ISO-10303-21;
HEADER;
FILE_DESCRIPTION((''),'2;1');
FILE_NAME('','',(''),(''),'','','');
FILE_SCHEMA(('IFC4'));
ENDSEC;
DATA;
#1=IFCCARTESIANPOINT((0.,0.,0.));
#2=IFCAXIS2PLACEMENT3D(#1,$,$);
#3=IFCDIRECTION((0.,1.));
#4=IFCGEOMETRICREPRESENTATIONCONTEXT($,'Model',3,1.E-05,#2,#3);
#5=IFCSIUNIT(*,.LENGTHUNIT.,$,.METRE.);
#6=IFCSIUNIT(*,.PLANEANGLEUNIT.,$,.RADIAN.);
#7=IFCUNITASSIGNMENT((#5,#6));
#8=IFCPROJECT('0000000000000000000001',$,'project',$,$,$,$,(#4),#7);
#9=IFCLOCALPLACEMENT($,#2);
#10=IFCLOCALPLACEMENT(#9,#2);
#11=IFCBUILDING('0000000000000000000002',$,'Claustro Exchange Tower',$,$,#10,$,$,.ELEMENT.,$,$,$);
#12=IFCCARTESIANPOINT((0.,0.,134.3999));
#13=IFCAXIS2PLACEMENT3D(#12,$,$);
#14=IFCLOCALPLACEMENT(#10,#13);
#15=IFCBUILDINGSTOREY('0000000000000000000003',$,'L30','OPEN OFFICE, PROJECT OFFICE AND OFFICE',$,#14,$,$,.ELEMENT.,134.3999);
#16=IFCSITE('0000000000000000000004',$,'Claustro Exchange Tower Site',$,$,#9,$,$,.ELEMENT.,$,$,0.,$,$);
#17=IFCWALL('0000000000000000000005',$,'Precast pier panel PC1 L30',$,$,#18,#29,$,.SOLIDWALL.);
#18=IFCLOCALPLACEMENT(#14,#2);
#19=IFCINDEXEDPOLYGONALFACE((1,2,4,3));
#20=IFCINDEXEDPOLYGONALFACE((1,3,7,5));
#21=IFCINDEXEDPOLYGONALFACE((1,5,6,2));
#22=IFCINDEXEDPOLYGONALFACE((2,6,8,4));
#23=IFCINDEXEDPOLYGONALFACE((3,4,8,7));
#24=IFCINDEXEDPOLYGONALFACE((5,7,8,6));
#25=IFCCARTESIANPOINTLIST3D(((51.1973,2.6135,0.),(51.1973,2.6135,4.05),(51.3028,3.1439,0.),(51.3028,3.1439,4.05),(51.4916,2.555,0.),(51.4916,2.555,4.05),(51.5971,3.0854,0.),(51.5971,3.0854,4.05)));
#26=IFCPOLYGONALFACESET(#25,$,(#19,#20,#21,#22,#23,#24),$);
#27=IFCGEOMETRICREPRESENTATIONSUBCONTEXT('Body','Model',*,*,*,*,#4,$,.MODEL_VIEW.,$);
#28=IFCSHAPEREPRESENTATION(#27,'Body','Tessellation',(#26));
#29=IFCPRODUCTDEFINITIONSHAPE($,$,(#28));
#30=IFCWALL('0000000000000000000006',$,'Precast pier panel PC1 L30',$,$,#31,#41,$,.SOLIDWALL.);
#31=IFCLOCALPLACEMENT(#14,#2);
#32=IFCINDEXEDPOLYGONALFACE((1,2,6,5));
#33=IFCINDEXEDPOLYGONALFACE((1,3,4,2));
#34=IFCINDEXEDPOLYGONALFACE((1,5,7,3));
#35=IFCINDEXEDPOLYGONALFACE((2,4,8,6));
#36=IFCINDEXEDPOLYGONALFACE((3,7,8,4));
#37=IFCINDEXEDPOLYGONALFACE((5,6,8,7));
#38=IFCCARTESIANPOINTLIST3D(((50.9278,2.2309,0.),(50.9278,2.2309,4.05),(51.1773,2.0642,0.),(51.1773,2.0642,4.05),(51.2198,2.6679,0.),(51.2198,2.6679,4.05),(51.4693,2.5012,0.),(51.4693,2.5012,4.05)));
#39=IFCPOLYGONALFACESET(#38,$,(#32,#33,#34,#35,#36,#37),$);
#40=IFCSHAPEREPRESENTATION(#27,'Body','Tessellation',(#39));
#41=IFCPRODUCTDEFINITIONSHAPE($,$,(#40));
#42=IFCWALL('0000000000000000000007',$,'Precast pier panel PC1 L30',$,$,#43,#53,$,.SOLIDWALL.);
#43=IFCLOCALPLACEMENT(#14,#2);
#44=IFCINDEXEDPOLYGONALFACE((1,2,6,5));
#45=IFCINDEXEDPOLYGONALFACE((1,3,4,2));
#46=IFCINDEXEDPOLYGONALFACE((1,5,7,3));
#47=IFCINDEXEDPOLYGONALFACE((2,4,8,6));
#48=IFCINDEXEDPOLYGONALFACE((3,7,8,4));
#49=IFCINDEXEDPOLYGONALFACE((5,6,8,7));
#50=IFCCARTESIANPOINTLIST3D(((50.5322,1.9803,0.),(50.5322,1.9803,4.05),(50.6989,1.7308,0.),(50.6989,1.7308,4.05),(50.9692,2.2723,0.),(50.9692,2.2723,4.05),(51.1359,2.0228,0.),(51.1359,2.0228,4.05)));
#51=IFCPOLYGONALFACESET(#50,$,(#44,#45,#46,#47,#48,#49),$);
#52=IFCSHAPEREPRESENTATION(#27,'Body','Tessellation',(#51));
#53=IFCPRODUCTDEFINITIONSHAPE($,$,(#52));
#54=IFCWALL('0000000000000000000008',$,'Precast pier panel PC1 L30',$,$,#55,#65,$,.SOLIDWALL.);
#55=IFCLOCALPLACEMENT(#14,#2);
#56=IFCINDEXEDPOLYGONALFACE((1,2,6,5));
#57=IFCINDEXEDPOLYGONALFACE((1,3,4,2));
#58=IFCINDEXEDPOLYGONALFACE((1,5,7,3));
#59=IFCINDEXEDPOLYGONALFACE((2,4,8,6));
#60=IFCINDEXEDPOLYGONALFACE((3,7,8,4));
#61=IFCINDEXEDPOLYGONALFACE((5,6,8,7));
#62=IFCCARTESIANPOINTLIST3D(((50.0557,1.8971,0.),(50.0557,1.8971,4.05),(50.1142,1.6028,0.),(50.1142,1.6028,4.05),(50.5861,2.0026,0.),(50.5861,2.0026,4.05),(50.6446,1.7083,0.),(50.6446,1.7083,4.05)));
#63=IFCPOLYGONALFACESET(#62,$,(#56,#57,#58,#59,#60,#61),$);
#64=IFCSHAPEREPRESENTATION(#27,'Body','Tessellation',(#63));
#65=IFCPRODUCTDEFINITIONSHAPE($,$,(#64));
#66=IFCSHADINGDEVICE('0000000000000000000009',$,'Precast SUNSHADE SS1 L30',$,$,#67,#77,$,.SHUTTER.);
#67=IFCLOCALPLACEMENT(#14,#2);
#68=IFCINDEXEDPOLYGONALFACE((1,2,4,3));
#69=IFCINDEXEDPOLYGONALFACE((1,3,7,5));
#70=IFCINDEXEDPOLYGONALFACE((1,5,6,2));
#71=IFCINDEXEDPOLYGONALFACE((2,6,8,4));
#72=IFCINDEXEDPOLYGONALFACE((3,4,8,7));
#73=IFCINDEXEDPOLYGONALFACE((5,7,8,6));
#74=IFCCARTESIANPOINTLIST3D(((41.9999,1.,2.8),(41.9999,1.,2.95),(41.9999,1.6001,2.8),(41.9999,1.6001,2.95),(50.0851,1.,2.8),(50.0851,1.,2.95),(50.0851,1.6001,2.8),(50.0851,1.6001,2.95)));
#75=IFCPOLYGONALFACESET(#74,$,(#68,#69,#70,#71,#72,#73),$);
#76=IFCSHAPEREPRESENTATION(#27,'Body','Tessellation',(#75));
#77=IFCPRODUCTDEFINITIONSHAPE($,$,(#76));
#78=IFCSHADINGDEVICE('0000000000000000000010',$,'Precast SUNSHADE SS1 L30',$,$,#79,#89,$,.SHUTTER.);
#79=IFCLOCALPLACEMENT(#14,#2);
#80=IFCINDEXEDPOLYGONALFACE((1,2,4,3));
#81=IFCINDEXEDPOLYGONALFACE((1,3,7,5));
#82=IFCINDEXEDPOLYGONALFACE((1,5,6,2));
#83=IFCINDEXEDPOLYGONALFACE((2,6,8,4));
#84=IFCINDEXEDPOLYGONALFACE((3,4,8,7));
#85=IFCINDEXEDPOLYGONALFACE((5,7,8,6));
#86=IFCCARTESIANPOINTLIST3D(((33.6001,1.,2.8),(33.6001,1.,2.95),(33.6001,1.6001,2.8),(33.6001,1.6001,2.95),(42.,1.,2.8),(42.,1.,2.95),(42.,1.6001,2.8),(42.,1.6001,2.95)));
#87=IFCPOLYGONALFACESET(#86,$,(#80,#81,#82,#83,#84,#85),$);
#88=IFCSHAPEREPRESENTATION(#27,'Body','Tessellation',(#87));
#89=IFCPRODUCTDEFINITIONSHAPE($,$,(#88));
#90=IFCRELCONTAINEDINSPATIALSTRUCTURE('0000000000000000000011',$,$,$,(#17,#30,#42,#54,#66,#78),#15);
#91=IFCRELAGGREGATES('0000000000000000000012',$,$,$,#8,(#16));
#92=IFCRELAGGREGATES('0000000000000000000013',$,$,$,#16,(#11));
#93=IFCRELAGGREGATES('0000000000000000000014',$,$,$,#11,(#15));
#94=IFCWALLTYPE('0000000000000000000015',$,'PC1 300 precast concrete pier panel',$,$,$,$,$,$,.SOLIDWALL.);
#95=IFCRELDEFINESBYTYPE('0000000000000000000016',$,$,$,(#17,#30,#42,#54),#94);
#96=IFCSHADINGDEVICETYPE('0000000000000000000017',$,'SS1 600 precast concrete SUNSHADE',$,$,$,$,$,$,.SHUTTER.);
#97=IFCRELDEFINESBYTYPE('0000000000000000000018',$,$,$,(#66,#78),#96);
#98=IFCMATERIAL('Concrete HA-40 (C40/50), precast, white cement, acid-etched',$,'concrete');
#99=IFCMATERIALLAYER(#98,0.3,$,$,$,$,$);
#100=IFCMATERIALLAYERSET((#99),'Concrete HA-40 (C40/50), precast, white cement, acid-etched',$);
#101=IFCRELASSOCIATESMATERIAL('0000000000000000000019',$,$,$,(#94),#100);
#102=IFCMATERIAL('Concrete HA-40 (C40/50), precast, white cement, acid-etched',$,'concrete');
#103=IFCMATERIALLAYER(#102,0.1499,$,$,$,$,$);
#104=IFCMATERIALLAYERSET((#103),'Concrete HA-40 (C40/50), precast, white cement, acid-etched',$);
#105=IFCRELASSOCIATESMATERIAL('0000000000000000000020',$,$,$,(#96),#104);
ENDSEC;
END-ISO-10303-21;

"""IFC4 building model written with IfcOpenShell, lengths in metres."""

from ifc_helpers import new_model, si_unit, direction, frame, frame_2d, origin, origin_2d, place, context, subcontext, project, spatial, rectangle, extrude, material, layer, layer_set, type_object, element, save


model = new_model("IFC4")

# Units and contexts
model_context = context("Model", 3, precision=1e-05, world=origin(), true_north=direction((0.0, 1.0)))
body_context = subcontext(model_context, "Body", "Model", "MODEL_VIEW")
ifc_project = project(units=[si_unit("LENGTHUNIT", "METRE"), si_unit("PLANEANGLEUNIT", "RADIAN")], contexts=[model_context])

# Site, building, storey
site_placement = place(None, origin())
site = spatial("IfcSite", under=ifc_project, at=site_placement, Name="Claustro Exchange Tower Site", CompositionType="ELEMENT", RefElevation=0.0)
building_placement = place(site_placement, origin())
building = spatial("IfcBuilding", under=site, at=building_placement, Name="Claustro Exchange Tower", CompositionType="ELEMENT")
storey_placement = place(building_placement, frame((0.0, 0.0, 134.3999)))
storey = spatial("IfcBuildingStorey", under=building, at=storey_placement, Name="L30", Description="OPEN OFFICE, PROJECT OFFICE AND OFFICE", CompositionType="ELEMENT", Elevation=134.3999)

# Shared definitions
ifc_material_1 = material(Name="Concrete HA-40 (C40/50), precast, white cement, acid-etched", Category="concrete")
ifc_layer_1 = layer(ifc_material_1, 0.3)
ifc_layer_set_1 = layer_set([ifc_layer_1], Name="Concrete HA-40 (C40/50), precast, white cement, acid-etched")
wall_type_1 = type_object("IfcWallType", Name="PC1 300 precast concrete pier panel", PredefinedType="SOLIDWALL", material=ifc_layer_set_1)

# Walls
wall_1_placement = place(storey_placement, frame((51.45, 3.1147, 0.0), z_axis=(0.0, 0.0, 1.0), x_axis=(-0.195074, -0.980789, 0.0)))
element("IfcWall", 1, at=wall_1_placement, inside=storey, type_object=wall_type_1, Name="Precast pier panel PC1 L30", PredefinedType="SOLIDWALL", context=body_context, shape_type="SweptSolid", body=[
    extrude(rectangle(XDim=0.5408, YDim=0.3, at=frame_2d((0.2705, 0.0))), origin(), (0.0, 0.0, 1.0), 4.05),
])
for number, where, z_axis, x_axis, name in (
    (2, (51.3445, 2.5845, 0.0), (0.0, 0.0, 1.0), (-0.555557, -0.831478, 0.0), "Precast pier panel PC1 L30"),
    (3, (51.0525, 2.1475, 0.0), (0.0, 0.0, 1.0), (-0.831478, -0.555557, 0.0), "Precast pier panel PC1 L30"),
):
    element("IfcWall", number, at=place(storey_placement, frame(where, z_axis=z_axis, x_axis=x_axis)), inside=storey, type_object=wall_type_1, Name=name, PredefinedType="SOLIDWALL", context=body_context, shape_type="SweptSolid", body=[
        extrude(rectangle(XDim=0.5256, YDim=0.3, at=frame_2d((0.2627, 0.0))), origin(), (0.0, 0.0, 1.0), 4.05),
    ])
wall_2_placement = place(storey_placement, frame((50.6155, 1.8555, 0.0), z_axis=(0.0, 0.0, 1.0), x_axis=(-0.980789, -0.195074, 0.0)))
element("IfcWall", 4, at=wall_2_placement, inside=storey, type_object=wall_type_1, Name="Precast pier panel PC1 L30", PredefinedType="SOLIDWALL", context=body_context, shape_type="SweptSolid", body=[
    extrude(rectangle(XDim=0.5408, YDim=0.3, at=frame_2d((0.2705, 0.0))), origin(), (0.0, 0.0, 1.0), 4.05),
])

# Shading devices
ifc_material_2 = material(Name="Concrete HA-40 (C40/50), precast, white cement, acid-etched", Category="concrete")
ifc_layer_2 = layer(ifc_material_2, 0.1499)
ifc_layer_set_2 = layer_set([ifc_layer_2], Name="Concrete HA-40 (C40/50), precast, white cement, acid-etched")
shading_device_type = type_object("IfcShadingDeviceType", Name="SS1 600 precast concrete SUNSHADE", PredefinedType="SHUTTER", material=ifc_layer_set_2)
shading_device_1_placement = place(storey_placement, frame((46.0425, 1.3, 2.8), z_axis=(0.0, 0.0, 1.0), x_axis=(-1.0, 0.0, 0.0)))
element("IfcShadingDevice", 5, at=shading_device_1_placement, inside=storey, type_object=shading_device_type, Name="Precast SUNSHADE SS1 L30", PredefinedType="SHUTTER", context=body_context, shape_type="SweptSolid", body=[
    extrude(rectangle(XDim=8.0852, YDim=0.6001, at=origin_2d()), origin(), (0.0, 0.0, 1.0), 0.1499),
])
shading_device_2_placement = place(storey_placement, frame((37.8, 1.3, 2.8), z_axis=(0.0, 0.0, 1.0), x_axis=(-1.0, 0.0, 0.0)))
element("IfcShadingDevice", 6, at=shading_device_2_placement, inside=storey, type_object=shading_device_type, Name="Precast SUNSHADE SS1 L30", PredefinedType="SHUTTER", context=body_context, shape_type="SweptSolid", body=[
    extrude(rectangle(XDim=8.3999, YDim=0.6001, at=origin_2d()), origin(), (0.0, 0.0, 1.0), 0.1499),
])

save(model, "model.ifc")
